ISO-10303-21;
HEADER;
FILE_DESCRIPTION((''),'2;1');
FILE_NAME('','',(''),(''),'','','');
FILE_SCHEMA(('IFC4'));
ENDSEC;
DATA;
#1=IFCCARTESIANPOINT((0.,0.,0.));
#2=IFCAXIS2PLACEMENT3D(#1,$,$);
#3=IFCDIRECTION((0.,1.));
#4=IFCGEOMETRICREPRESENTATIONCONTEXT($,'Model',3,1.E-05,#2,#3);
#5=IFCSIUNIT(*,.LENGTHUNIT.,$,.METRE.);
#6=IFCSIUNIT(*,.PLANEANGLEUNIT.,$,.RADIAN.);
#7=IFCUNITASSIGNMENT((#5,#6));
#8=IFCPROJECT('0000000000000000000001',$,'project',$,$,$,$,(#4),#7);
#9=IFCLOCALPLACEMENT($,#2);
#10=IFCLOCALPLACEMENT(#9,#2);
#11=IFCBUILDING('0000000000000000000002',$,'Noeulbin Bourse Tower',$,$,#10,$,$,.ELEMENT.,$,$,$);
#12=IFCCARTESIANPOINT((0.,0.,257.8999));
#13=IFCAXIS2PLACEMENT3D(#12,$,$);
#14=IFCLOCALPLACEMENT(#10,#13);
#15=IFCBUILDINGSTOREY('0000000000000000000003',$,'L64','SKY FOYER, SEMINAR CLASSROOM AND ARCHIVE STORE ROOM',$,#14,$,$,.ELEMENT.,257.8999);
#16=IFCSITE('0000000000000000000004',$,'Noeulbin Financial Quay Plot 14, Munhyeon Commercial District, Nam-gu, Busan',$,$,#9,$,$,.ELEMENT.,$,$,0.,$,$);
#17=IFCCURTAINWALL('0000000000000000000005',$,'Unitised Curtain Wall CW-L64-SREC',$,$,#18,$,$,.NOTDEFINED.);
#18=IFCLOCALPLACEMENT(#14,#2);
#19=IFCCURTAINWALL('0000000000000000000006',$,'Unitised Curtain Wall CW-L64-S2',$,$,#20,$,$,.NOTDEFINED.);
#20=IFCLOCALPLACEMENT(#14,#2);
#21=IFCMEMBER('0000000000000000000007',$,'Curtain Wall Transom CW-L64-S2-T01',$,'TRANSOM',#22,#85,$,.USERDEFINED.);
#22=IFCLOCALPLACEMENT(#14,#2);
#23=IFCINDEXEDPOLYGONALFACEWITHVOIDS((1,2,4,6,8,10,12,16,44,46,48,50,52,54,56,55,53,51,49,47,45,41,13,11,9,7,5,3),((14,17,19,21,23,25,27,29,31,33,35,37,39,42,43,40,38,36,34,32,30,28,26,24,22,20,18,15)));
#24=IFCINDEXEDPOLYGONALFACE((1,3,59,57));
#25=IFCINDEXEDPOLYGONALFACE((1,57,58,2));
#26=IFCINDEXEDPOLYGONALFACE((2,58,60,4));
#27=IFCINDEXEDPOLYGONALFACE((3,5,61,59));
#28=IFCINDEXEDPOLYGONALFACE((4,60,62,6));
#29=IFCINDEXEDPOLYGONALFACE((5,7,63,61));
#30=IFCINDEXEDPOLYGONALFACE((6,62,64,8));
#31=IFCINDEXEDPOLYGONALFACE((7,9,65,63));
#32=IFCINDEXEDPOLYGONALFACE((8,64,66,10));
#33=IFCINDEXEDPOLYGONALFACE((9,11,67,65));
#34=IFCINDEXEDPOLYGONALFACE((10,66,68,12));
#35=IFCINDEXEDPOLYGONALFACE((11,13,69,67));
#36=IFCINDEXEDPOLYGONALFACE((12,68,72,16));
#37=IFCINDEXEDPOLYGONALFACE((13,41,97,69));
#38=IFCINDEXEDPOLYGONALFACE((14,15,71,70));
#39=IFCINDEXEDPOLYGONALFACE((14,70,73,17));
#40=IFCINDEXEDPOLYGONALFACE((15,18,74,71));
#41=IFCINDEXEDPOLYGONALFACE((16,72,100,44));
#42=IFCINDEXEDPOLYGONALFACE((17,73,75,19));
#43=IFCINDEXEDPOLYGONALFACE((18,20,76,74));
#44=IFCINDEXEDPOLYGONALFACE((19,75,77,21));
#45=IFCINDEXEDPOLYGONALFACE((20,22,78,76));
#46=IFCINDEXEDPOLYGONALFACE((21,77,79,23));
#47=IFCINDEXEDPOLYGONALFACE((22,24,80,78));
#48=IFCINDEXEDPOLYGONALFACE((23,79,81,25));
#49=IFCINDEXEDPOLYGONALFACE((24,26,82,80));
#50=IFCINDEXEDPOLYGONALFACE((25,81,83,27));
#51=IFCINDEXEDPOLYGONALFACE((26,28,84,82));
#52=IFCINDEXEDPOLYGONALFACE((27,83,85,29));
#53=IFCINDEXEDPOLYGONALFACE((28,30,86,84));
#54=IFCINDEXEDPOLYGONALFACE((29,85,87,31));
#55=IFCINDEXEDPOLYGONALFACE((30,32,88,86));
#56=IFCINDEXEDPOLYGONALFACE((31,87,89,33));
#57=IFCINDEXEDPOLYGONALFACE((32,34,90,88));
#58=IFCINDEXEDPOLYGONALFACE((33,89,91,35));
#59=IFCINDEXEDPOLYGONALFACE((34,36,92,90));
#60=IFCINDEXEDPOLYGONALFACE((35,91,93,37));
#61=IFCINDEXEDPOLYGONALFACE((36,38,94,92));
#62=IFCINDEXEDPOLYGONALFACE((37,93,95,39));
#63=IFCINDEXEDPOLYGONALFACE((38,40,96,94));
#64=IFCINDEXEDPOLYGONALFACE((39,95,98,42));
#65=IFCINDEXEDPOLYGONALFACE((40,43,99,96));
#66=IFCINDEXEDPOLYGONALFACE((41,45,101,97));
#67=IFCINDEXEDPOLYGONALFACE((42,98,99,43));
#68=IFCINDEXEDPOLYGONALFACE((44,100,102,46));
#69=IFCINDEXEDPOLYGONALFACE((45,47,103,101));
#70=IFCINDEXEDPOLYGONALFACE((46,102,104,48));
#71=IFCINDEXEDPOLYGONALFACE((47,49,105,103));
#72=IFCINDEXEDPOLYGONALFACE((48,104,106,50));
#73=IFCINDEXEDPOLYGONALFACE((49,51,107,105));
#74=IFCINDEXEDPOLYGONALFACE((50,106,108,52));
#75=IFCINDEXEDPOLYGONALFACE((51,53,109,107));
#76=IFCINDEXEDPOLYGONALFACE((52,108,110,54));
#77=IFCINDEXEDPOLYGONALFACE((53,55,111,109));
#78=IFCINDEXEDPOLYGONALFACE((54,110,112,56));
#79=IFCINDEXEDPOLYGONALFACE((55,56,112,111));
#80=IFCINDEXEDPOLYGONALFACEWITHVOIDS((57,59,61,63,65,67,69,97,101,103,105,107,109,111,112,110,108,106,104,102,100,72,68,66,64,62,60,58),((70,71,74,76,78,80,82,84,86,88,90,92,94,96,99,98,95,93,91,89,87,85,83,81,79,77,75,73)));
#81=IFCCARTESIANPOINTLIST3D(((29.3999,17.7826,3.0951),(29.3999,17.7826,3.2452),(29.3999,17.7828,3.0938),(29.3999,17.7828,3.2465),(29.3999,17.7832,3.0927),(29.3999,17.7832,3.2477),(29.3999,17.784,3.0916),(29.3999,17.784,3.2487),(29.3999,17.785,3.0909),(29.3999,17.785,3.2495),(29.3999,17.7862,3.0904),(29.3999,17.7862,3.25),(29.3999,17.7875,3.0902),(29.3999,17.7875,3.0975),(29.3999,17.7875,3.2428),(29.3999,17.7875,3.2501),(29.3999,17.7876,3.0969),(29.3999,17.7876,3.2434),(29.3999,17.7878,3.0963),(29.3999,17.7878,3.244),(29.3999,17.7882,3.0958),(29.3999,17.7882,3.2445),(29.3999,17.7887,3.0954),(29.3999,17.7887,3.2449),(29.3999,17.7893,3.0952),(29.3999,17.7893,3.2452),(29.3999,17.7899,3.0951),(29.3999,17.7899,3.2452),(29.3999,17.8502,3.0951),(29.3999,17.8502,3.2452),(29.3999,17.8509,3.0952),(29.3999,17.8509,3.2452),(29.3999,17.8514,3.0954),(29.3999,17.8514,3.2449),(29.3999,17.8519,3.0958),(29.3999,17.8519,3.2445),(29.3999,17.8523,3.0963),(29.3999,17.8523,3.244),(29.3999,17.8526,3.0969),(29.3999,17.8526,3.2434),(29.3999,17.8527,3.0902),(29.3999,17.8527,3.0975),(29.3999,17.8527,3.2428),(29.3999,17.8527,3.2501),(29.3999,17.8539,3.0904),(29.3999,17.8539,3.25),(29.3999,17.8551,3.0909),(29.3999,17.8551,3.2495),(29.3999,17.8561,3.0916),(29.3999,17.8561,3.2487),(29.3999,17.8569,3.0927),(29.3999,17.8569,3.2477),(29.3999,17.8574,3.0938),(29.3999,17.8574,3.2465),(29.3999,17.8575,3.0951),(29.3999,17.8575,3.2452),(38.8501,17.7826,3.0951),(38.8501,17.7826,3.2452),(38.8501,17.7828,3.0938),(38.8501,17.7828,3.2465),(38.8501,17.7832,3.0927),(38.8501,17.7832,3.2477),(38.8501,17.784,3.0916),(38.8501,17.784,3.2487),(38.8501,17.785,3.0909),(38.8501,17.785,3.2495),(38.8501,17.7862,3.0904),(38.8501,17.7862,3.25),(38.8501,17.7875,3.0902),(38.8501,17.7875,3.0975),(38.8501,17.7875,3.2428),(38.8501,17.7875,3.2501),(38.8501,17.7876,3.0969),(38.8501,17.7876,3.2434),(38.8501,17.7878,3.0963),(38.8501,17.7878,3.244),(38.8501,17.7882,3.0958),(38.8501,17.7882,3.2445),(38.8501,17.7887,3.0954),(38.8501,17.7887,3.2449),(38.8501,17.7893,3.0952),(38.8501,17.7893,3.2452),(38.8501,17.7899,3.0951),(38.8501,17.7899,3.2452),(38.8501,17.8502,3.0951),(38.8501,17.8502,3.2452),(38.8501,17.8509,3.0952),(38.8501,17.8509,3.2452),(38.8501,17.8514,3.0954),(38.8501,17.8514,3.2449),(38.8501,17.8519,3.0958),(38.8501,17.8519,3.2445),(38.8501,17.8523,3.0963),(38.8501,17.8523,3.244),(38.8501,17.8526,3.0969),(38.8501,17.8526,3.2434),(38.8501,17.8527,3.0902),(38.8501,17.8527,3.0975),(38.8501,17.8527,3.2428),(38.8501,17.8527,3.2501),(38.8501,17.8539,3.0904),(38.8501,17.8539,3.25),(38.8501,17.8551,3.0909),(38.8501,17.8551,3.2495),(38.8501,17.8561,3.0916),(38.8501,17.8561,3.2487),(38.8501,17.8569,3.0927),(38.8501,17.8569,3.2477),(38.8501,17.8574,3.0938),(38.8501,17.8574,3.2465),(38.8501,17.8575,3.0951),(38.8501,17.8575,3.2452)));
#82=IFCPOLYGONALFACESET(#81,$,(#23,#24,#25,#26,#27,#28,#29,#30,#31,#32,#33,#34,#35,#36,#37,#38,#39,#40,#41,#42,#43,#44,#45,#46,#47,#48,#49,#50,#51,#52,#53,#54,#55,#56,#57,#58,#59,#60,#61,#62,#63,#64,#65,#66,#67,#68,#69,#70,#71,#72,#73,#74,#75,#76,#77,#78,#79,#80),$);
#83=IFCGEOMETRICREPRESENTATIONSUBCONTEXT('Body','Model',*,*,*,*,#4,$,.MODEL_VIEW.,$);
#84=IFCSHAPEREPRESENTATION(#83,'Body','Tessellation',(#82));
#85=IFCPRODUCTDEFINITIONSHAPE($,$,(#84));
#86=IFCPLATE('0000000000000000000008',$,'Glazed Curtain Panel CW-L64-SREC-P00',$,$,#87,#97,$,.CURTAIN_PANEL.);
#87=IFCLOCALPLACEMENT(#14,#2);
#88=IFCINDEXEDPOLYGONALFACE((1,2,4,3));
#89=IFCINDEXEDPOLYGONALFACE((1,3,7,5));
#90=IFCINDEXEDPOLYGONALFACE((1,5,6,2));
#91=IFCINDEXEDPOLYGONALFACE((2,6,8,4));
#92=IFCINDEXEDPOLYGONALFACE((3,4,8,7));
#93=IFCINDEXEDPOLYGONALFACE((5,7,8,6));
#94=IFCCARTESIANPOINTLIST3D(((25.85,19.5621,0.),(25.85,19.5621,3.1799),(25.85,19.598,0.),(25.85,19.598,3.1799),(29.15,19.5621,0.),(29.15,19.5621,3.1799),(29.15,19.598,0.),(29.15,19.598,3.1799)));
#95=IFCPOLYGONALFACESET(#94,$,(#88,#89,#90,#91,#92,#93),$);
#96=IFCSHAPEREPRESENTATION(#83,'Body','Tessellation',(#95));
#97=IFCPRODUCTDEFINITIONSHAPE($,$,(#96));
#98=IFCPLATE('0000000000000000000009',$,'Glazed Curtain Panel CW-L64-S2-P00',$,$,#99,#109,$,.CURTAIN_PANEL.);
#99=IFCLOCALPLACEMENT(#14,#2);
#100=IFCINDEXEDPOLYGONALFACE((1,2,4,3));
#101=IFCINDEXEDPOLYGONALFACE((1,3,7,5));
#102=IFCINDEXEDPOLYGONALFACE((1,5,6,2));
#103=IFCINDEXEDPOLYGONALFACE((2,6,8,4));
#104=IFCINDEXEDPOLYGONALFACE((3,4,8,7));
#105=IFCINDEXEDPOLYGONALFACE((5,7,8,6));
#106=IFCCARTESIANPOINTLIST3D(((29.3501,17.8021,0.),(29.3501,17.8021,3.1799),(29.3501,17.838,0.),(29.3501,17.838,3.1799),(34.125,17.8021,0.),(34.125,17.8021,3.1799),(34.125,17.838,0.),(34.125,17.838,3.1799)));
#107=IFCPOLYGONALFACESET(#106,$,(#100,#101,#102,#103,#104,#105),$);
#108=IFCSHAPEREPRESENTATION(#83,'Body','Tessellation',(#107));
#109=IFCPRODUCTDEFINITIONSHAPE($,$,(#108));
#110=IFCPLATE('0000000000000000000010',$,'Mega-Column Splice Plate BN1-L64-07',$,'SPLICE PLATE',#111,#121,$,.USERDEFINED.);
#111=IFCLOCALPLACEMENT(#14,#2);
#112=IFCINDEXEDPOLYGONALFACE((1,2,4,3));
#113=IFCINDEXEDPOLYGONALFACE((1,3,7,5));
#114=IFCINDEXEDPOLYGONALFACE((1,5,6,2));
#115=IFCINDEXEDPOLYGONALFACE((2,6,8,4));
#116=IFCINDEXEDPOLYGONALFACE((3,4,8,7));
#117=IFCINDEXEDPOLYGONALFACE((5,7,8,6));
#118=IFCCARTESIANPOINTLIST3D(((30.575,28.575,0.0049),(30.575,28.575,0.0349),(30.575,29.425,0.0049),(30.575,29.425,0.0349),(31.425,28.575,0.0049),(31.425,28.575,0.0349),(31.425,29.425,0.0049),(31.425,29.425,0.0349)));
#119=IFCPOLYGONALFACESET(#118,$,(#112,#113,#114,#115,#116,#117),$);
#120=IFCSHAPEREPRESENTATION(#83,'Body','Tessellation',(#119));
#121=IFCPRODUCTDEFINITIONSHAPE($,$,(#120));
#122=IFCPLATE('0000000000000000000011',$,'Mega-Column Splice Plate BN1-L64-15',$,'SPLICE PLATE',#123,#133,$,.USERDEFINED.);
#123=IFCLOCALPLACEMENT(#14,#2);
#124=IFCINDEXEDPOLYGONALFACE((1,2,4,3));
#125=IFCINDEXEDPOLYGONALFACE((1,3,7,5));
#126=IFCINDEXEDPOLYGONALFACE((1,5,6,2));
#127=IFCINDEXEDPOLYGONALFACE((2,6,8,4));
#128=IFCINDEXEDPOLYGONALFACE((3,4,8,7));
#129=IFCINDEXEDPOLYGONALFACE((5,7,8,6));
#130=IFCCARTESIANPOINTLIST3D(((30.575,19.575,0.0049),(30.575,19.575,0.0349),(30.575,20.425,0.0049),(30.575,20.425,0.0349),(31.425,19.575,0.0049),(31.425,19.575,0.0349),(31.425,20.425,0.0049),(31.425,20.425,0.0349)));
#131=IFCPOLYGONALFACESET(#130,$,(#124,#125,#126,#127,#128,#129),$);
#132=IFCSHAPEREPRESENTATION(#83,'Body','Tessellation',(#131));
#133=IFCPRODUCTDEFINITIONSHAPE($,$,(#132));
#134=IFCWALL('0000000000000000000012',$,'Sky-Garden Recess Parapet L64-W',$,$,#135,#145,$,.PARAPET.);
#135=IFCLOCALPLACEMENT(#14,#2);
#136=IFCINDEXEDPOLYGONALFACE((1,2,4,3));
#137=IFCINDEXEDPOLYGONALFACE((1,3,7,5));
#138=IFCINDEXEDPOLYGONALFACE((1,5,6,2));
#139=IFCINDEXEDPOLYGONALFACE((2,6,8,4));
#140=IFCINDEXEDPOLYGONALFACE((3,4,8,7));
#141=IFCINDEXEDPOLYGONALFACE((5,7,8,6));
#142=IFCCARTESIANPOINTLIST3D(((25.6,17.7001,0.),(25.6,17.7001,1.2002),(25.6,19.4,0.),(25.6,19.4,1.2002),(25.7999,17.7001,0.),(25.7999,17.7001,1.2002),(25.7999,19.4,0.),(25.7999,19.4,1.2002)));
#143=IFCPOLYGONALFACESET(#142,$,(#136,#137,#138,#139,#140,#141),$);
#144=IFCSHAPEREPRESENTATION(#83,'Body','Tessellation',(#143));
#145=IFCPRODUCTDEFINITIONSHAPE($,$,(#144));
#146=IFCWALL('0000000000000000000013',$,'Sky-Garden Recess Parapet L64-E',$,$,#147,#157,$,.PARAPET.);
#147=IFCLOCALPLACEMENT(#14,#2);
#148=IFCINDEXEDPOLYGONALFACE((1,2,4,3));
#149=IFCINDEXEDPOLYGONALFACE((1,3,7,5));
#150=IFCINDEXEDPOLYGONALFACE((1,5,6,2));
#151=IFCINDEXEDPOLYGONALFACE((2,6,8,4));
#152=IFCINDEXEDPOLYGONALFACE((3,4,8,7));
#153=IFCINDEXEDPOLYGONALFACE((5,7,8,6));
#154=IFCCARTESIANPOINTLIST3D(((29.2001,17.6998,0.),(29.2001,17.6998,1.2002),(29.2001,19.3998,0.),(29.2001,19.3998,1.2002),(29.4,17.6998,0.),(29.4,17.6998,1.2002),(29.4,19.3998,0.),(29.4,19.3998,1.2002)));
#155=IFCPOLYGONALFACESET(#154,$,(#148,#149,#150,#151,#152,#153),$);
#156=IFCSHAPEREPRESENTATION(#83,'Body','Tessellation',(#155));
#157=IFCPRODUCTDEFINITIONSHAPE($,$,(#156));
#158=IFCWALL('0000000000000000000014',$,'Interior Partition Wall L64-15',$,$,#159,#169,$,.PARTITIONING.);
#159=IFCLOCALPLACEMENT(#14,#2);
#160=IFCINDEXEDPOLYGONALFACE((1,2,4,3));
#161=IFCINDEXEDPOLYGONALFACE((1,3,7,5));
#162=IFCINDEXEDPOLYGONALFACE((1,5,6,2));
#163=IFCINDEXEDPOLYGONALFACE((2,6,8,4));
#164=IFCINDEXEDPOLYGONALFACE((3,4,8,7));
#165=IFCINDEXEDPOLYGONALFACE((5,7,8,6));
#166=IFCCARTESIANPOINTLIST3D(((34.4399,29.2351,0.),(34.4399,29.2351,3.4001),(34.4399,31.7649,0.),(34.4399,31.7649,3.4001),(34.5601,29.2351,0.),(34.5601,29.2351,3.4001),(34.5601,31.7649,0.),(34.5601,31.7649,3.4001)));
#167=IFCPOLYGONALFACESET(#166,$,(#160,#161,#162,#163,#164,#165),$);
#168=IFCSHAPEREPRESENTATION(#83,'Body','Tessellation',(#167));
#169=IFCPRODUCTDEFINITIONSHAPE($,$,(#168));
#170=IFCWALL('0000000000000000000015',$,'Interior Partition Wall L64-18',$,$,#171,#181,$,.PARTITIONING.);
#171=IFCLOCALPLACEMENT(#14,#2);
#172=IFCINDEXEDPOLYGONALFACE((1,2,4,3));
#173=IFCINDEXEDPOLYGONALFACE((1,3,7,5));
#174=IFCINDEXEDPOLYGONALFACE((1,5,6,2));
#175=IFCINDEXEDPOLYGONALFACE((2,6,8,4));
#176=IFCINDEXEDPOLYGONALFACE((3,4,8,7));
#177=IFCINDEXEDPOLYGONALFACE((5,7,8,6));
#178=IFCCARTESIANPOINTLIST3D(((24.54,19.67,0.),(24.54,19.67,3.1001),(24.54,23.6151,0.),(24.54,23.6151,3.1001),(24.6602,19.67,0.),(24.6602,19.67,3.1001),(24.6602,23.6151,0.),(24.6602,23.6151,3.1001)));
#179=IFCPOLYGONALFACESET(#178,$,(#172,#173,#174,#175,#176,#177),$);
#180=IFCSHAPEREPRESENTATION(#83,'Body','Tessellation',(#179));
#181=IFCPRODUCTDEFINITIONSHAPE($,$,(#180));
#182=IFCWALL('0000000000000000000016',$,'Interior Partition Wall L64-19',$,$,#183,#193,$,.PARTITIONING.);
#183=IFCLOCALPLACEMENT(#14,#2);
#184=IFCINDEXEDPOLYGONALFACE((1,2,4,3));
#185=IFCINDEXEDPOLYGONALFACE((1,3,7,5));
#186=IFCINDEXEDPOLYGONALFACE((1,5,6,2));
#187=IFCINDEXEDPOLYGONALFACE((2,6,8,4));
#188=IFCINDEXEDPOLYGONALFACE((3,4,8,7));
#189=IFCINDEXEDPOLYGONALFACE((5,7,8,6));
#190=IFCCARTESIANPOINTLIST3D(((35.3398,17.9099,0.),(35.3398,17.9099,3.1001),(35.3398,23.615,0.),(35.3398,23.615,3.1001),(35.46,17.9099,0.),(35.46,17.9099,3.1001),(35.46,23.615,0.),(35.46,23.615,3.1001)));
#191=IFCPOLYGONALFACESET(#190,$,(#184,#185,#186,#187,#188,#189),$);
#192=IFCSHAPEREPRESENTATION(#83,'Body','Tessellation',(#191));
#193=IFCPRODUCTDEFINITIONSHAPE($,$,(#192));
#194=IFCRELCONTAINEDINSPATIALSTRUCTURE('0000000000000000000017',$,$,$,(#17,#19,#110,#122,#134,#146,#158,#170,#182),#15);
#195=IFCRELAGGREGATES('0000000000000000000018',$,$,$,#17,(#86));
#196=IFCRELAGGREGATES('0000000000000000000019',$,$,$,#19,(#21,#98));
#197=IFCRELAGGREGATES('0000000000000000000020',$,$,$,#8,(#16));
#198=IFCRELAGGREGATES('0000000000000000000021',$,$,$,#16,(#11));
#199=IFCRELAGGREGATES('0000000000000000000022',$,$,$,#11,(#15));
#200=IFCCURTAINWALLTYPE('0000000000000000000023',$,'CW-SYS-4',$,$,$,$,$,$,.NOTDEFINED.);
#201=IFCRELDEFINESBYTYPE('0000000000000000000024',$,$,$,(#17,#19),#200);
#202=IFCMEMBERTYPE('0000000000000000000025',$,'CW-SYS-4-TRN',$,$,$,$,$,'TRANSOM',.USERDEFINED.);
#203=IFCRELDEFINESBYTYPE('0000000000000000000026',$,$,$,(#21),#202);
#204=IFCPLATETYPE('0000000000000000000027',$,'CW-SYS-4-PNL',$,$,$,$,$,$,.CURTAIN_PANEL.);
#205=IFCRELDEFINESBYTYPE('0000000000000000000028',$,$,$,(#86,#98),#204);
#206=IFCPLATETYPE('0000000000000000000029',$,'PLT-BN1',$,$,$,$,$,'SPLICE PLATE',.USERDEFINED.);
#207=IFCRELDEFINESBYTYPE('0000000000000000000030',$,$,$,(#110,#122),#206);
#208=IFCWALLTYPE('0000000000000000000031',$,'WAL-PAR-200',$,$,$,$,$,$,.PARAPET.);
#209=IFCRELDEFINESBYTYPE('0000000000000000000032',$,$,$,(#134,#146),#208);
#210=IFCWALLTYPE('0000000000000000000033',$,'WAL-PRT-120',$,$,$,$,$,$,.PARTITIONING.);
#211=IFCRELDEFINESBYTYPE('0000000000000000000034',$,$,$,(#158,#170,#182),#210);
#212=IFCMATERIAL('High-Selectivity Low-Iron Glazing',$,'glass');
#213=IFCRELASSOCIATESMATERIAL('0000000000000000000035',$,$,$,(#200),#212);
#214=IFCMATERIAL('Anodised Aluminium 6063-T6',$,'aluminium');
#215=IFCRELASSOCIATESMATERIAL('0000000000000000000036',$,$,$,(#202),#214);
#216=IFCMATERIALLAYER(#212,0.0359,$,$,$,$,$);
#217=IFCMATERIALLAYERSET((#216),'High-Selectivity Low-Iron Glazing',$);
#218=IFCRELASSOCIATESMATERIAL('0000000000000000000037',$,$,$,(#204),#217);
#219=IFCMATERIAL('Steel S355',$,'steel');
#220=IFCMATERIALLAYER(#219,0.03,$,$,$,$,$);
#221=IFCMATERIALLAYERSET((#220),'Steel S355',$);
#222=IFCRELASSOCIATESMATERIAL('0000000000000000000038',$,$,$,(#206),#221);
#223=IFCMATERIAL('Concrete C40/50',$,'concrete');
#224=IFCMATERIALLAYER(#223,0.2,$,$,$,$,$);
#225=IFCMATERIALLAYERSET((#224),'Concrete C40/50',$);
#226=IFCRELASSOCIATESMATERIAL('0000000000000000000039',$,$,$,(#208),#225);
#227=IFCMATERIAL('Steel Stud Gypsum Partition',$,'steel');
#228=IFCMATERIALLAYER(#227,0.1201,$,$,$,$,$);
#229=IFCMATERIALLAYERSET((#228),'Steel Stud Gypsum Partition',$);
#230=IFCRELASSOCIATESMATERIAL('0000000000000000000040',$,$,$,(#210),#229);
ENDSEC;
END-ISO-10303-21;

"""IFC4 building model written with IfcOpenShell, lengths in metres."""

from ifc_helpers import new_model, si_unit, direction, frame, frame_2d, origin, origin_2d, place, context, subcontext, project, spatial, rectangle, hollow_rectangle, extrude, material, layer, layer_set, material_profile, profile_set, type_object, element, aggregate, save


model = new_model("IFC4")

# Units and contexts
model_context = context("Model", 3, precision=1e-05, world=origin(), true_north=direction((0.0, 1.0)))
body_context = subcontext(model_context, "Body", "Model", "MODEL_VIEW")
ifc_project = project(units=[si_unit("LENGTHUNIT", "METRE"), si_unit("PLANEANGLEUNIT", "RADIAN")], contexts=[model_context])

# Site, building, storey
site_placement = place(None, origin())
site = spatial("IfcSite", under=ifc_project, at=site_placement, Name="Noeulbin Financial Quay Plot 14, Munhyeon Commercial District, Nam-gu, Busan", CompositionType="ELEMENT", RefElevation=0.0)
building_placement = place(site_placement, origin())
building = spatial("IfcBuilding", under=site, at=building_placement, Name="Noeulbin Bourse Tower", CompositionType="ELEMENT")
storey_placement = place(building_placement, frame((0.0, 0.0, 257.8999)))
storey = spatial("IfcBuildingStorey", under=building, at=storey_placement, Name="L64", Description="SKY FOYER, SEMINAR CLASSROOM AND ARCHIVE STORE ROOM", CompositionType="ELEMENT", Elevation=257.8999)

# Shared definitions
ifc_material_1 = material(Name="Steel S355", Category="steel")

# Curtain wall
ifc_material_2 = material(Name="High-Selectivity Low-Iron Glazing", Category="glass")
curtain_wall_type = type_object("IfcCurtainWallType", Name="CW-SYS-4", PredefinedType="NOTDEFINED", material=ifc_material_2)
curtain_wall_1_placement = place(storey_placement, origin())
curtain_wall_1 = element("IfcCurtainWall", 1, at=curtain_wall_1_placement, inside=storey, type_object=curtain_wall_type, Name="Unitised Curtain Wall CW-L64-SREC", PredefinedType="NOTDEFINED")
ifc_material_3 = material(Name="Anodised Aluminium 6063-T6", Category="aluminium")

# Curtain wall
curtain_wall_2_placement = place(storey_placement, origin())
curtain_wall_2 = element("IfcCurtainWall", 2, at=curtain_wall_2_placement, inside=storey, type_object=curtain_wall_type, Name="Unitised Curtain Wall CW-L64-S2", PredefinedType="NOTDEFINED")

# Member
ifc_material_profile_1 = material_profile(ifc_material_3, hollow_rectangle(XDim=0.075, YDim=0.1599, WallThickness=0.0049, InnerFilletRadius=0.0024, OuterFilletRadius=0.0049, at=origin_2d()), Name="ALU-TRAN-75x160x5", Category="LoadBearing")
ifc_profile_set_1 = profile_set([ifc_material_profile_1], Name="Anodised Aluminium 6063-T6")
member_type_1 = type_object("IfcMemberType", Name="CW-SYS-4-TRN", ElementType="TRANSOM", PredefinedType="USERDEFINED", material=ifc_profile_set_1)
member_1_placement = place(storey_placement, frame((29.3999, 17.8201, 3.1702), z_axis=(1.0, 0.0, 0.0), x_axis=(0.0, 1.0, 0.0)))
member_1 = element("IfcMember", 3, at=member_1_placement, type_object=member_type_1, Name="Curtain Wall Transom CW-L64-S2-T01", ObjectType="TRANSOM", PredefinedType="USERDEFINED", context=body_context, shape_type="SweptSolid", body=[
    extrude(hollow_rectangle(XDim=0.075, YDim=0.1599, WallThickness=0.0049, InnerFilletRadius=0.0024, OuterFilletRadius=0.0049, at=origin_2d()), origin(), (0.0, 0.0, 1.0), 9.4502),
])

# Plates
ifc_layer_1 = layer(ifc_material_2, 0.0359)
ifc_layer_set_1 = layer_set([ifc_layer_1], Name="High-Selectivity Low-Iron Glazing")
plate_type_1 = type_object("IfcPlateType", Name="CW-SYS-4-PNL", PredefinedType="CURTAIN_PANEL", material=ifc_layer_set_1)
plate_1_placement = place(storey_placement, frame((27.5, 19.5801, 0.0), z_axis=(0.0, 0.0, 1.0), x_axis=(1.0, 0.0, 0.0)))
plate_1 = element("IfcPlate", 4, at=plate_1_placement, type_object=plate_type_1, Name="Glazed Curtain Panel CW-L64-SREC-P00", PredefinedType="CURTAIN_PANEL", context=body_context, shape_type="SweptSolid", body=[
    extrude(rectangle(XDim=3.3, YDim=0.0359, at=origin_2d()), origin(), (0.0, 0.0, 1.0), 3.1799),
])
aggregate(curtain_wall_1, [plate_1])
plate_2_placement = place(storey_placement, frame((31.7375, 17.8201, 0.0), z_axis=(0.0, 0.0, 1.0), x_axis=(1.0, 0.0, 0.0)))
plate_2 = element("IfcPlate", 5, at=plate_2_placement, type_object=plate_type_1, Name="Glazed Curtain Panel CW-L64-S2-P00", PredefinedType="CURTAIN_PANEL", context=body_context, shape_type="SweptSolid", body=[
    extrude(rectangle(XDim=4.7749, YDim=0.0359, at=origin_2d()), origin(), (0.0, 0.0, 1.0), 3.1799),
])
aggregate(curtain_wall_2, [member_1, plate_2])

# Plates
ifc_layer_2 = layer(ifc_material_1, 0.03)
ifc_layer_set_2 = layer_set([ifc_layer_2], Name="Steel S355")
plate_type_2 = type_object("IfcPlateType", Name="PLT-BN1", ElementType="SPLICE PLATE", PredefinedType="USERDEFINED", material=ifc_layer_set_2)
for number, where, z_axis, x_axis, name in (
    (6, (31.0, 29.0, 0.0049), (0.0, 0.0, 1.0), (1.0, 0.0, 0.0), "Mega-Column Splice Plate BN1-L64-07"),
    (7, (31.0, 20.0, 0.0049), (0.0, 0.0, 1.0), (1.0, 0.0, 0.0), "Mega-Column Splice Plate BN1-L64-15"),
):
    element("IfcPlate", number, at=place(storey_placement, frame(where, z_axis=z_axis, x_axis=x_axis)), inside=storey, type_object=plate_type_2, Name=name, ObjectType="SPLICE PLATE", PredefinedType="USERDEFINED", context=body_context, shape_type="SweptSolid", body=[
        extrude(rectangle(XDim=0.8501, YDim=0.8501, at=origin_2d()), origin(), (0.0, 0.0, 1.0), 0.03),
    ])

# Walls
ifc_material_4 = material(Name="Concrete C40/50", Category="concrete")
ifc_layer_3 = layer(ifc_material_4, 0.2)
ifc_layer_set_3 = layer_set([ifc_layer_3], Name="Concrete C40/50")
wall_type_1 = type_object("IfcWallType", Name="WAL-PAR-200", PredefinedType="PARAPET", material=ifc_layer_set_3)
for number, where, z_axis, x_axis, name in (
    (8, (25.7, 17.7, 0.0), (0.0, 0.0, 1.0), (0.0, 1.0, 0.0), "Sky-Garden Recess Parapet L64-W"),
    (9, (29.3, 19.3999, 0.0), (0.0, 0.0, 1.0), (0.0, -1.0, 0.0), "Sky-Garden Recess Parapet L64-E"),
):
    element("IfcWall", number, at=place(storey_placement, frame(where, z_axis=z_axis, x_axis=x_axis)), inside=storey, type_object=wall_type_1, Name=name, PredefinedType="PARAPET", context=body_context, shape_type="SweptSolid", body=[
        extrude(rectangle(XDim=1.7, YDim=0.2, at=frame_2d((0.8501, 0.0))), origin(), (0.0, 0.0, 1.0), 1.2002),
    ])
ifc_material_5 = material(Name="Steel Stud Gypsum Partition", Category="steel")
ifc_layer_4 = layer(ifc_material_5, 0.1201)
ifc_layer_set_4 = layer_set([ifc_layer_4], Name="Steel Stud Gypsum Partition")
wall_type_2 = type_object("IfcWallType", Name="WAL-PRT-120", PredefinedType="PARTITIONING", material=ifc_layer_set_4)
wall_1_placement = place(storey_placement, frame((34.5, 29.2351, 0.0), z_axis=(0.0, 0.0, 1.0), x_axis=(0.0, 1.0, 0.0)))
element("IfcWall", 10, at=wall_1_placement, inside=storey, type_object=wall_type_2, Name="Interior Partition Wall L64-15", PredefinedType="PARTITIONING", context=body_context, shape_type="SweptSolid", body=[
    extrude(rectangle(XDim=2.5298, YDim=0.1201, at=frame_2d((1.2649, 0.0))), origin(), (0.0, 0.0, 1.0), 3.4001),
])
wall_2_placement = place(storey_placement, frame((24.6001, 19.6699, 0.0), z_axis=(0.0, 0.0, 1.0), x_axis=(0.0, 1.0, 0.0)))
element("IfcWall", 11, at=wall_2_placement, inside=storey, type_object=wall_type_2, Name="Interior Partition Wall L64-18", PredefinedType="PARTITIONING", context=body_context, shape_type="SweptSolid", body=[
    extrude(rectangle(XDim=3.9451, YDim=0.1201, at=frame_2d((1.9727, 0.0))), origin(), (0.0, 0.0, 1.0), 3.1001),
])
wall_3_placement = place(storey_placement, frame((35.3999, 17.9099, 0.0), z_axis=(0.0, 0.0, 1.0), x_axis=(0.0, 1.0, 0.0)))
element("IfcWall", 12, at=wall_3_placement, inside=storey, type_object=wall_type_2, Name="Interior Partition Wall L64-19", PredefinedType="PARTITIONING", context=body_context, shape_type="SweptSolid", body=[
    extrude(rectangle(XDim=5.7051, YDim=0.1201, at=frame_2d((2.8525, 0.0))), origin(), (0.0, 0.0, 1.0), 3.1001),
])

save(model, "model.ifc")
